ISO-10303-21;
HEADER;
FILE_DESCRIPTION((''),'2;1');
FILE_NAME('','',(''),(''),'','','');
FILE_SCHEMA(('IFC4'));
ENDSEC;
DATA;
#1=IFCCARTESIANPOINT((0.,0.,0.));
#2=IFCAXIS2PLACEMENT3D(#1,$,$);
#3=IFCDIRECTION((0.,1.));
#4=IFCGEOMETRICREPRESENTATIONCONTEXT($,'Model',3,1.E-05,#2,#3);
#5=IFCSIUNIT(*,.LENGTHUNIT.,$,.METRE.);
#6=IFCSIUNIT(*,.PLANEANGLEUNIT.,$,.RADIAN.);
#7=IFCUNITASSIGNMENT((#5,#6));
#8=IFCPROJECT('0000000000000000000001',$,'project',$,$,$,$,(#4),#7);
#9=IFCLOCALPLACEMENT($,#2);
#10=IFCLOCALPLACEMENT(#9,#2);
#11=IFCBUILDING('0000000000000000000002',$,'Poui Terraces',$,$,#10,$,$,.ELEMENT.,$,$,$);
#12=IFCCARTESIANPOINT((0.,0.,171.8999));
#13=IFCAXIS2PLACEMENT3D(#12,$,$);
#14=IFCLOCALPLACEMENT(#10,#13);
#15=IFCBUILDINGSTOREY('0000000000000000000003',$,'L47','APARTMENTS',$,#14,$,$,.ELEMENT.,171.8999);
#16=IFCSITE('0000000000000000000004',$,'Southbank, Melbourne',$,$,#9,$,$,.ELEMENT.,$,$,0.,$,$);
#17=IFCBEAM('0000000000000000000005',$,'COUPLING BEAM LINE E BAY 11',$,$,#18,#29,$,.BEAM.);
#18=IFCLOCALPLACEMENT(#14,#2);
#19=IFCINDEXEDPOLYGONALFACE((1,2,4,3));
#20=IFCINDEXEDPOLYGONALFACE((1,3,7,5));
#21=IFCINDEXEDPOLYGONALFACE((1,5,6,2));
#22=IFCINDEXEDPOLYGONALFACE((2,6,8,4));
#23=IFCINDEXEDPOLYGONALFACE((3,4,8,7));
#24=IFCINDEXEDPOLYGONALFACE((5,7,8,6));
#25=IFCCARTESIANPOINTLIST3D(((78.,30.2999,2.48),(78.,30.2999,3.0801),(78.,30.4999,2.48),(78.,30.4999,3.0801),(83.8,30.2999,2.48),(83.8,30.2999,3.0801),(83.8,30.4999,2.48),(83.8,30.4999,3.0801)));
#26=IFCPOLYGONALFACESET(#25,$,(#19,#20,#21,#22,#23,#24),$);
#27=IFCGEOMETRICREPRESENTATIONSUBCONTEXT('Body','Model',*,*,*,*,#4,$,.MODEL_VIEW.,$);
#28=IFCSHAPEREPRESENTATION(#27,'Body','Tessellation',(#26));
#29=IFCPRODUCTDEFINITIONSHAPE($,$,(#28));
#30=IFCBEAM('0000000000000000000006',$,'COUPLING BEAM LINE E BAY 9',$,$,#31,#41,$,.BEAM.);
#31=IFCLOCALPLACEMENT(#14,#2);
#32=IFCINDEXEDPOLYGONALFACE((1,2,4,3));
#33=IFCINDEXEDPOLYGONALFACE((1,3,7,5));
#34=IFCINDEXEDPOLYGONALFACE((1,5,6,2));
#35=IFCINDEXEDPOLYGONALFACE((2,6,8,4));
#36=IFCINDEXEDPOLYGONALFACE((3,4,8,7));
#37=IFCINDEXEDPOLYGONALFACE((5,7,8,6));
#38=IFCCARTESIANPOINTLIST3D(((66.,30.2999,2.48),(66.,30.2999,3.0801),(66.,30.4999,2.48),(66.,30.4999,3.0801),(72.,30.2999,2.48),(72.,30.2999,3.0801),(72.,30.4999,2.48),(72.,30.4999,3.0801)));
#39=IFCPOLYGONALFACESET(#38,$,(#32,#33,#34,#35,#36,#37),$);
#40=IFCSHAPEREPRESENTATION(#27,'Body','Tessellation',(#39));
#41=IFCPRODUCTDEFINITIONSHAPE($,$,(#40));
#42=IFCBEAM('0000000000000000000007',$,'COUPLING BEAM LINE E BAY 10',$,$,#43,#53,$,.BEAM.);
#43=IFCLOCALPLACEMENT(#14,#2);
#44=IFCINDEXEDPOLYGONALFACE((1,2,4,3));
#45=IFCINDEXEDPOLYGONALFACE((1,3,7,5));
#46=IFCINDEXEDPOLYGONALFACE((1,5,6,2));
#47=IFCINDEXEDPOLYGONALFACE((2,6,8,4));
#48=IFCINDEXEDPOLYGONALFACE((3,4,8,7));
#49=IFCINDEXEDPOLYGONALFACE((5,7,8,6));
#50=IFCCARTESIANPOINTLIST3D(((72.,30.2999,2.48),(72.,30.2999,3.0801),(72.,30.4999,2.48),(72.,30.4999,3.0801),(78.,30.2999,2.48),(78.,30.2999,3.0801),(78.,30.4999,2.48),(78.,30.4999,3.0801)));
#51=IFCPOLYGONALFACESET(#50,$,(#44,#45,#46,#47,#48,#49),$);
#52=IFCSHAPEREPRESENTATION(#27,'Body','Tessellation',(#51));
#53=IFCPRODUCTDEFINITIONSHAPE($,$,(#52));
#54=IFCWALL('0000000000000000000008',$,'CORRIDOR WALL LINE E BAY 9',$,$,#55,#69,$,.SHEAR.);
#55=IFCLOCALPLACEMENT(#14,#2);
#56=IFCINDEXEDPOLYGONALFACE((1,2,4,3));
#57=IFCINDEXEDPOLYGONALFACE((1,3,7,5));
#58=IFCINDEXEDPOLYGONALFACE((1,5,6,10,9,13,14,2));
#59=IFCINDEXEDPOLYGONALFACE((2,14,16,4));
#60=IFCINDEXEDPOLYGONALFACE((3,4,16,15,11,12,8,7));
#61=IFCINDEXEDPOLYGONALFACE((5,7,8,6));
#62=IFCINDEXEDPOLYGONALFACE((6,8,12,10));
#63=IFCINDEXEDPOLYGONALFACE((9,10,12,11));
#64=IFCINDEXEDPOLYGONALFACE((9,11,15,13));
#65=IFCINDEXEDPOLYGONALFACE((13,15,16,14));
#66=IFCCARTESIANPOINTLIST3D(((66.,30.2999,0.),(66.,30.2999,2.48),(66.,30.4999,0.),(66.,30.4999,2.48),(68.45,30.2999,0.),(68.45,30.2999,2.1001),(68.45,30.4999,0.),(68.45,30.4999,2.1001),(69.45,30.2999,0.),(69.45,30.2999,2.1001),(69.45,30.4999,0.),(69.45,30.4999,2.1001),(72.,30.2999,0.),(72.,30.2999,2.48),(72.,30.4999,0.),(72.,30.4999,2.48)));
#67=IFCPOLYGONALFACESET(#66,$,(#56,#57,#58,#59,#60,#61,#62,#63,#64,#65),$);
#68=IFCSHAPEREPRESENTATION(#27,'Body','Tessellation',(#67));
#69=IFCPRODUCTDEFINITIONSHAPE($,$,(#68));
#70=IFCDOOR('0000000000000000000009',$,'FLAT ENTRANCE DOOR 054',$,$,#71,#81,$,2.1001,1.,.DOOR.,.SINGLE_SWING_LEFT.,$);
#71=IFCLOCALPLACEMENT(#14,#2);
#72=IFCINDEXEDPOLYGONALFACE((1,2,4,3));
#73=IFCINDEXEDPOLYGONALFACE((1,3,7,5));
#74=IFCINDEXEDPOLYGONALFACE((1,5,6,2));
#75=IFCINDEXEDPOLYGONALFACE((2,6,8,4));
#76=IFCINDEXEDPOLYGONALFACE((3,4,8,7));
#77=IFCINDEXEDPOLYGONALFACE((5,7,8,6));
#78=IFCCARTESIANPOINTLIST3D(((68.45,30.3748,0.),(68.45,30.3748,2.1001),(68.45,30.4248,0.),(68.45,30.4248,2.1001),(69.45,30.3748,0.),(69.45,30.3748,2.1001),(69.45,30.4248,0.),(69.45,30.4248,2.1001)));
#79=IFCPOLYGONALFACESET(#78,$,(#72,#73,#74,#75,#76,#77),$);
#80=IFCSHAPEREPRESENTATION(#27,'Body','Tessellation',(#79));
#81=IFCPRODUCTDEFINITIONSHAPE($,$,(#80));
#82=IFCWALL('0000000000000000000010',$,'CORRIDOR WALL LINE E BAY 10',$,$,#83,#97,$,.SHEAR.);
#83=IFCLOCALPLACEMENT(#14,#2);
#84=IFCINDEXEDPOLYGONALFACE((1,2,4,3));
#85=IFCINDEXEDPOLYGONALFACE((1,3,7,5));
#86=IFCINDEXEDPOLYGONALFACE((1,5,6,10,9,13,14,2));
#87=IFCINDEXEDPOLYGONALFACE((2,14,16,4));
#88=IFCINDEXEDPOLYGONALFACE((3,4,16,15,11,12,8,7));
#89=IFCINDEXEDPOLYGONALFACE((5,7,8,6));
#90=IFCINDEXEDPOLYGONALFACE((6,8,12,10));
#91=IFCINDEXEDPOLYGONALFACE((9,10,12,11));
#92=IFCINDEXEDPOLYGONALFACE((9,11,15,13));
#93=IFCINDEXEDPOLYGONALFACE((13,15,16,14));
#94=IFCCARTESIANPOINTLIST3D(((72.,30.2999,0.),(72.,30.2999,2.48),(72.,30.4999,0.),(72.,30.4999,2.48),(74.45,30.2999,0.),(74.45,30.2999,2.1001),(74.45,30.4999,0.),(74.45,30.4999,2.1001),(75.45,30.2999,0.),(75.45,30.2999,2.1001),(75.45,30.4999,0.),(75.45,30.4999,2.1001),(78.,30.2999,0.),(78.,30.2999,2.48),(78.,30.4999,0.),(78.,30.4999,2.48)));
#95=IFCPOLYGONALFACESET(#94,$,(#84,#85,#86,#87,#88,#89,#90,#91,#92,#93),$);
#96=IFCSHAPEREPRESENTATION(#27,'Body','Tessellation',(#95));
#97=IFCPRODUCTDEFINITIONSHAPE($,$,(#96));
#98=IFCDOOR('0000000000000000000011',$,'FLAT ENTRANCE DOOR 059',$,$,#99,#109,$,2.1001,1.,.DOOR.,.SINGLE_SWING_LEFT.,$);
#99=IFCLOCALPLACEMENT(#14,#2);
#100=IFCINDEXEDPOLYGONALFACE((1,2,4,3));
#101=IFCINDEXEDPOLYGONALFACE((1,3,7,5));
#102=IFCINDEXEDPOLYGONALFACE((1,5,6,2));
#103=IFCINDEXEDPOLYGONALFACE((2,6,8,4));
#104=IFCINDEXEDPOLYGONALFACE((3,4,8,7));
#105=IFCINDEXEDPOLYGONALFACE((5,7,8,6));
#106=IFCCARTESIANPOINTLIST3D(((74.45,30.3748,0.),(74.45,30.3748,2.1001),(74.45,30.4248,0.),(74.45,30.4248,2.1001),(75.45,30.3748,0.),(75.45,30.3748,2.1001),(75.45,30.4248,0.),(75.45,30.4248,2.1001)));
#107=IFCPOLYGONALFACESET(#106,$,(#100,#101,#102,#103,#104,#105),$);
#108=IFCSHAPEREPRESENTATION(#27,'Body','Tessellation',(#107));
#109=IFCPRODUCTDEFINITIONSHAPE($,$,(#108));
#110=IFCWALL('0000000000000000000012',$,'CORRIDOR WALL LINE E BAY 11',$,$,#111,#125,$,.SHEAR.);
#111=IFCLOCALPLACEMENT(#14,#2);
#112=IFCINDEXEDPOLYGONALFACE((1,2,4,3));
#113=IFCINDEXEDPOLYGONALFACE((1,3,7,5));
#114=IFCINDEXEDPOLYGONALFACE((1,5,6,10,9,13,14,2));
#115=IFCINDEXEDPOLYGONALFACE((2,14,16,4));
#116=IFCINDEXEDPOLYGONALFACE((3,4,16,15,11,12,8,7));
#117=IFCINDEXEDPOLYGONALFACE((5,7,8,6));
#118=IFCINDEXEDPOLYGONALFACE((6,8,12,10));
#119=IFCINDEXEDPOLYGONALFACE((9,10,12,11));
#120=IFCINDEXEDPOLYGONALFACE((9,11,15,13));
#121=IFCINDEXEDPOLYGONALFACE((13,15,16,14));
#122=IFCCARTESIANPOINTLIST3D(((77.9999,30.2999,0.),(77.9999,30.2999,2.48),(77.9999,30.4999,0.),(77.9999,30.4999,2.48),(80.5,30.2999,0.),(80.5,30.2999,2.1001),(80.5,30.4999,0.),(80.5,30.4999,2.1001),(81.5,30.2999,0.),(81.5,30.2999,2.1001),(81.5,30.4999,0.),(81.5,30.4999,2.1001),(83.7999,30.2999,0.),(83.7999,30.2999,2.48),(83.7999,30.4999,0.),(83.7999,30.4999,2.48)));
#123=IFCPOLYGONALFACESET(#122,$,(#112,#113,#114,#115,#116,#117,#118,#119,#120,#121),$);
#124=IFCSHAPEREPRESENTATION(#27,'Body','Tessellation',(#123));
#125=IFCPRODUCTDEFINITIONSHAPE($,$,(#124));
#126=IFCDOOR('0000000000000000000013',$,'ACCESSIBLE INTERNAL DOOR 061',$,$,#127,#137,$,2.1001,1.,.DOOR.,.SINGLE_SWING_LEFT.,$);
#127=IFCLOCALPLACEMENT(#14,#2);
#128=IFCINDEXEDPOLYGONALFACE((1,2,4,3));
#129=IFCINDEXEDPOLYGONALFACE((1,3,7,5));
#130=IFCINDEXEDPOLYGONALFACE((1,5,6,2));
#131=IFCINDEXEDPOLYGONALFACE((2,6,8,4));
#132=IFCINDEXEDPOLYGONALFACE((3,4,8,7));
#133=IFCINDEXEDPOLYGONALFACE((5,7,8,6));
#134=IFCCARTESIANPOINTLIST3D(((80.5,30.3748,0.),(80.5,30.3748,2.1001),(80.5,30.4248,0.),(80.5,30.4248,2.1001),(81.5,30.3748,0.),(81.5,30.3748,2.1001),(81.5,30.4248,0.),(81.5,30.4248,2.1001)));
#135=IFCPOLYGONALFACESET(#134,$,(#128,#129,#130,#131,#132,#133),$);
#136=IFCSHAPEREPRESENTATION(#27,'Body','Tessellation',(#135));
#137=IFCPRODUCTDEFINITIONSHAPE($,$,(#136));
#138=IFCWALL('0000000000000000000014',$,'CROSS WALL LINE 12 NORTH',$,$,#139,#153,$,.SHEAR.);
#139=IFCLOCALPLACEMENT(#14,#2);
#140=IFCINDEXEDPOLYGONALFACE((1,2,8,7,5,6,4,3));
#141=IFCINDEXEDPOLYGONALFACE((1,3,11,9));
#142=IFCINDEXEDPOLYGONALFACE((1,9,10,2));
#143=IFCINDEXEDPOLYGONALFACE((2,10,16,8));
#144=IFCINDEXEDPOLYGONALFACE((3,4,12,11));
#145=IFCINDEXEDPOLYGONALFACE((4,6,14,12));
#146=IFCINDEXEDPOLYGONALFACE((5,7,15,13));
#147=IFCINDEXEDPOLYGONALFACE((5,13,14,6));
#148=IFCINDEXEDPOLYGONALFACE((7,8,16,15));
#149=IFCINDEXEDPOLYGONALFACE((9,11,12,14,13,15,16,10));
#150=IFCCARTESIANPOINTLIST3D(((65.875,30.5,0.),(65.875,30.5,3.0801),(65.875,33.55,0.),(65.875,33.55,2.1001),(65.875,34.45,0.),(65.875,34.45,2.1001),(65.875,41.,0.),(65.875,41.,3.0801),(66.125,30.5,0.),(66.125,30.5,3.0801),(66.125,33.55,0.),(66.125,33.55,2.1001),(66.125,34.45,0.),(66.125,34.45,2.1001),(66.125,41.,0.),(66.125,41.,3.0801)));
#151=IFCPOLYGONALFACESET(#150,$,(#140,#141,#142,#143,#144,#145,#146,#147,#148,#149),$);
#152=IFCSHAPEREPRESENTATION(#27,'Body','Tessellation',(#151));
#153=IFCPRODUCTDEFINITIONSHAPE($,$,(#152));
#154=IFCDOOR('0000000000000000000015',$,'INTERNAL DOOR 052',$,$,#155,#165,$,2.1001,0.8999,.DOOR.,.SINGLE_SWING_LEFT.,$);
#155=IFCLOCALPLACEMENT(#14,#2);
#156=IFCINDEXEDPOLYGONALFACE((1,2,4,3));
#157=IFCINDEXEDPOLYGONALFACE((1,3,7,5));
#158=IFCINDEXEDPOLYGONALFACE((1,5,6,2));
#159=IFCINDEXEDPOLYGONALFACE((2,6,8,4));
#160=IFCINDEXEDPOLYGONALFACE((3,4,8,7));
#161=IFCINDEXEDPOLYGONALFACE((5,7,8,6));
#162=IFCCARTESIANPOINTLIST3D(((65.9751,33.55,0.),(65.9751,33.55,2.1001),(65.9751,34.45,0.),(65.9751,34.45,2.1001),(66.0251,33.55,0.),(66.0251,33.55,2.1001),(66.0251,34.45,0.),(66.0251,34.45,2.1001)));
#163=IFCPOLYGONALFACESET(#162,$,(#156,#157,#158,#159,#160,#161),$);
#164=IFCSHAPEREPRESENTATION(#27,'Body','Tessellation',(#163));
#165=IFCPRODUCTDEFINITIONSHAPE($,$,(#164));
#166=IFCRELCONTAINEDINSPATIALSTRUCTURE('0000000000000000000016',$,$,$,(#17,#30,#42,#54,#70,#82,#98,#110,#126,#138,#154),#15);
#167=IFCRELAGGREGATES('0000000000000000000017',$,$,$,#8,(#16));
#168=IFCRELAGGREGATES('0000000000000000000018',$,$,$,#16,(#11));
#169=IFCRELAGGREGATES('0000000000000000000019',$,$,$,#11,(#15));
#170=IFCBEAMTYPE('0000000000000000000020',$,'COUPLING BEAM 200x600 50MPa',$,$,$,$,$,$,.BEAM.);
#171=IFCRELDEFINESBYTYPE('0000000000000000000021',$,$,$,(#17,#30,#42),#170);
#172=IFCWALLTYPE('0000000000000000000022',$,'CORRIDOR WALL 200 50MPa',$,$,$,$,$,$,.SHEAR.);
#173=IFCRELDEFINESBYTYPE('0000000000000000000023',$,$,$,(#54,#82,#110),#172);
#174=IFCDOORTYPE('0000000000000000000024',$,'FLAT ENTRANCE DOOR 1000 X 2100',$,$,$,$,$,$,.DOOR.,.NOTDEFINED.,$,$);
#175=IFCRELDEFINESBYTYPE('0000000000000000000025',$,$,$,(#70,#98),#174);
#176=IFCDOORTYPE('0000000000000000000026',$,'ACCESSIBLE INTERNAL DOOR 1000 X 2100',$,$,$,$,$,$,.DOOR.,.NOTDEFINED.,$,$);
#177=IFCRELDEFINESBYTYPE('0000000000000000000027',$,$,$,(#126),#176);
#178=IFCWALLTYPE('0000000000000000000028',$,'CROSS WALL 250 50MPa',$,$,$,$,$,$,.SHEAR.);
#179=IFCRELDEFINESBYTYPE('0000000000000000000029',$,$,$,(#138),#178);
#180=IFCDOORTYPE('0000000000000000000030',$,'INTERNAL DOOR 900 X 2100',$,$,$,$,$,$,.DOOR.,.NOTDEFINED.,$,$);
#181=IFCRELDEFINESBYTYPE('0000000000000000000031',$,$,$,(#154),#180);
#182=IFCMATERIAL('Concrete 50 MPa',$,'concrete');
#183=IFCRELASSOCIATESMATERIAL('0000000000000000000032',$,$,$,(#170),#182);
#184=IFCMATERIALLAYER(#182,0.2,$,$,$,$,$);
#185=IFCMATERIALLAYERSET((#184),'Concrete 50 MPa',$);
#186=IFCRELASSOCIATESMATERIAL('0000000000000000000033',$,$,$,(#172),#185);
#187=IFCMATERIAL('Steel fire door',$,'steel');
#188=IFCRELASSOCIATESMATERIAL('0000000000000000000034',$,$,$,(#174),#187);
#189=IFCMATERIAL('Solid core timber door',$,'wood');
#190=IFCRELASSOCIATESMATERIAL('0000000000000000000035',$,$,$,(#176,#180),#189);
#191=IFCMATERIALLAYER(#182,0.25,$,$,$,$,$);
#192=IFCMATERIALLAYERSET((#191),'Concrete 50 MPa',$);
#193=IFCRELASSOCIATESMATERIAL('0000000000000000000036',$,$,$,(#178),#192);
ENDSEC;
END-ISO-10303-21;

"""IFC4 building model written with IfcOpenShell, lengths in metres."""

from ifc_helpers import new_model, si_unit, direction, frame, frame_2d, origin, origin_2d, place, context, subcontext, project, spatial, rectangle, extrude, source, transform, mapped, material, layer, layer_set, material_profile, profile_set, type_object, element, fill, save


model = new_model("IFC4")

# Units and contexts
model_context = context("Model", 3, precision=1e-05, world=origin(), true_north=direction((0.0, 1.0)))
body_context = subcontext(model_context, "Body", "Model", "MODEL_VIEW")
ifc_project = project(units=[si_unit("LENGTHUNIT", "METRE"), si_unit("PLANEANGLEUNIT", "RADIAN")], contexts=[model_context])

# Site, building, storey
site_placement = place(None, origin())
site = spatial("IfcSite", under=ifc_project, at=site_placement, Name="Southbank, Melbourne", CompositionType="ELEMENT", RefElevation=0.0)
building_placement = place(site_placement, origin())
building = spatial("IfcBuilding", under=site, at=building_placement, Name="Poui Terraces", CompositionType="ELEMENT")
storey_placement = place(building_placement, frame((0.0, 0.0, 171.8999)))
storey = spatial("IfcBuildingStorey", under=building, at=storey_placement, Name="L47", Description="APARTMENTS", CompositionType="ELEMENT", Elevation=171.8999)

# Beams
ifc_material_1 = material(Name="Concrete 50 MPa", Category="concrete")
ifc_material_profile = material_profile(ifc_material_1, rectangle(XDim=0.2, YDim=0.6001, at=origin_2d()), Name="RC 200x600")
ifc_profile_set = profile_set([ifc_material_profile], Name="Concrete 50 MPa")
beam_type = type_object("IfcBeamType", Name="COUPLING BEAM 200x600 50MPa", PredefinedType="BEAM", material=ifc_profile_set)
shared_shape_1 = source(origin(), body_context, "Body", "SweptSolid", [
    extrude(rectangle(XDim=0.2, YDim=0.6001, at=origin_2d()), origin(), (0.0, 0.0, 1.0), 5.8),
])
beam_placement = place(storey_placement, frame((78.0, 30.3999, 2.78), z_axis=(1.0, 0.0, 0.0), x_axis=(0.0, 1.0, 0.0)))
element("IfcBeam", 1, at=beam_placement, inside=storey, type_object=beam_type, Name="COUPLING BEAM LINE E BAY 11", PredefinedType="BEAM", context=body_context, shape_type="MappedRepresentation", body=[
    mapped(shared_shape_1, transform((0.0, 0.0, 0.0))),
])
shared_shape_2 = source(origin(), body_context, "Body", "SweptSolid", [
    extrude(rectangle(XDim=0.2, YDim=0.6001, at=origin_2d()), origin(), (0.0, 0.0, 1.0), 6.0),
])
for number, where, z_axis, x_axis, name in (
    (2, (66.0, 30.3999, 2.78), (1.0, 0.0, 0.0), (0.0, 1.0, 0.0), "COUPLING BEAM LINE E BAY 9"),
    (3, (72.0, 30.3999, 2.78), (1.0, 0.0, 0.0), (0.0, 1.0, 0.0), "COUPLING BEAM LINE E BAY 10"),
):
    element("IfcBeam", number, at=place(storey_placement, frame(where, z_axis=z_axis, x_axis=x_axis)), inside=storey, type_object=beam_type, Name=name, PredefinedType="BEAM", context=body_context, shape_type="MappedRepresentation", body=[
        mapped(shared_shape_2, transform((0.0, 0.0, 0.0))),
    ])

# Walls, openings, doors
ifc_layer_1 = layer(ifc_material_1, 0.2)
ifc_layer_set_1 = layer_set([ifc_layer_1], Name="Concrete 50 MPa")
wall_type_1 = type_object("IfcWallType", Name="CORRIDOR WALL 200 50MPa", PredefinedType="SHEAR", material=ifc_layer_set_1)
wall_1_placement = place(storey_placement, frame((66.0, 30.3999, 0.0), z_axis=(0.0, 0.0, 1.0), x_axis=(1.0, 0.0, 0.0)))
wall_1 = element("IfcWall", 4, at=wall_1_placement, inside=storey, type_object=wall_type_1, Name="CORRIDOR WALL LINE E BAY 9", PredefinedType="SHEAR", context=body_context, shape_type="SweptSolid", body=[
    extrude(rectangle(XDim=6.0, YDim=0.2, at=frame_2d((3.0, 0.0))), origin(), (0.0, 0.0, 1.0), 2.48),
])
opening_1_placement = place(wall_1_placement, frame((2.45, 0.0, 0.0)))
opening_1 = element("IfcOpeningElement", 5, at=opening_1_placement, cuts=wall_1, PredefinedType="OPENING", context=body_context, shape_type="SweptSolid", body=[
    extrude(rectangle(XDim=1.0, YDim=2.1001, at=frame_2d((0.5, 1.05))), frame((0.0, 0.1099, 0.0), z_axis=(0.0, -1.0, 0.0), x_axis=(1.0, 0.0, 0.0)), (0.0, 0.0, 1.0), 0.22),
])
ifc_material_2 = material(Name="Steel fire door", Category="steel")
door_type_1 = type_object("IfcDoorType", Name="FLAT ENTRANCE DOOR 1000 X 2100", OperationType="NOTDEFINED", PredefinedType="DOOR", material=ifc_material_2)
door_1_placement = place(opening_1_placement, origin())
door_1 = element("IfcDoor", 6, at=door_1_placement, inside=storey, type_object=door_type_1, Name="FLAT ENTRANCE DOOR 054", OperationType="SINGLE_SWING_LEFT", OverallHeight=2.1001, OverallWidth=1.0, PredefinedType="DOOR", context=body_context, shape_type="SweptSolid", body=[
    extrude(rectangle(XDim=1.0, YDim=2.1001, at=frame_2d((0.5, 1.05))), frame((0.0, 0.0249, 0.0), z_axis=(0.0, -1.0, 0.0), x_axis=(1.0, 0.0, 0.0)), (0.0, 0.0, 1.0), 0.05),
])
fill(opening_1, door_1)
wall_2_placement = place(storey_placement, frame((72.0, 30.3999, 0.0), z_axis=(0.0, 0.0, 1.0), x_axis=(1.0, 0.0, 0.0)))
wall_2 = element("IfcWall", 7, at=wall_2_placement, inside=storey, type_object=wall_type_1, Name="CORRIDOR WALL LINE E BAY 10", PredefinedType="SHEAR", context=body_context, shape_type="SweptSolid", body=[
    extrude(rectangle(XDim=6.0, YDim=0.2, at=frame_2d((3.0, 0.0))), origin(), (0.0, 0.0, 1.0), 2.48),
])
opening_2_placement = place(wall_2_placement, frame((2.45, 0.0, 0.0)))
opening_2 = element("IfcOpeningElement", 8, at=opening_2_placement, cuts=wall_2, PredefinedType="OPENING", context=body_context, shape_type="SweptSolid", body=[
    extrude(rectangle(XDim=1.0, YDim=2.1001, at=frame_2d((0.5, 1.05))), frame((0.0, 0.1099, 0.0), z_axis=(0.0, -1.0, 0.0), x_axis=(1.0, 0.0, 0.0)), (0.0, 0.0, 1.0), 0.22),
])
door_2_placement = place(opening_2_placement, origin())
door_2 = element("IfcDoor", 9, at=door_2_placement, inside=storey, type_object=door_type_1, Name="FLAT ENTRANCE DOOR 059", OperationType="SINGLE_SWING_LEFT", OverallHeight=2.1001, OverallWidth=1.0, PredefinedType="DOOR", context=body_context, shape_type="SweptSolid", body=[
    extrude(rectangle(XDim=1.0, YDim=2.1001, at=frame_2d((0.5, 1.05))), frame((0.0, 0.0249, 0.0), z_axis=(0.0, -1.0, 0.0), x_axis=(1.0, 0.0, 0.0)), (0.0, 0.0, 1.0), 0.05),
])
fill(opening_2, door_2)
wall_3_placement = place(storey_placement, frame((78.0, 30.3999, 0.0), z_axis=(0.0, 0.0, 1.0), x_axis=(1.0, 0.0, 0.0)))
wall_3 = element("IfcWall", 10, at=wall_3_placement, inside=storey, type_object=wall_type_1, Name="CORRIDOR WALL LINE E BAY 11", PredefinedType="SHEAR", context=body_context, shape_type="SweptSolid", body=[
    extrude(rectangle(XDim=5.8, YDim=0.2, at=frame_2d((2.8999, 0.0))), origin(), (0.0, 0.0, 1.0), 2.48),
])
opening_3_placement = place(wall_3_placement, frame((2.5, 0.0, 0.0)))
opening_3 = element("IfcOpeningElement", 11, at=opening_3_placement, cuts=wall_3, PredefinedType="OPENING", context=body_context, shape_type="SweptSolid", body=[
    extrude(rectangle(XDim=1.0, YDim=2.1001, at=frame_2d((0.5, 1.05))), frame((0.0, 0.1099, 0.0), z_axis=(0.0, -1.0, 0.0), x_axis=(1.0, 0.0, 0.0)), (0.0, 0.0, 1.0), 0.22),
])
ifc_material_3 = material(Name="Solid core timber door", Category="wood")
door_type_2 = type_object("IfcDoorType", Name="ACCESSIBLE INTERNAL DOOR 1000 X 2100", OperationType="NOTDEFINED", PredefinedType="DOOR", material=ifc_material_3)
door_3_placement = place(opening_3_placement, origin())
door_3 = element("IfcDoor", 12, at=door_3_placement, inside=storey, type_object=door_type_2, Name="ACCESSIBLE INTERNAL DOOR 061", OperationType="SINGLE_SWING_LEFT", OverallHeight=2.1001, OverallWidth=1.0, PredefinedType="DOOR", context=body_context, shape_type="SweptSolid", body=[
    extrude(rectangle(XDim=1.0, YDim=2.1001, at=frame_2d((0.5, 1.05))), frame((0.0, 0.0249, 0.0), z_axis=(0.0, -1.0, 0.0), x_axis=(1.0, 0.0, 0.0)), (0.0, 0.0, 1.0), 0.05),
])
fill(opening_3, door_3)
ifc_layer_2 = layer(ifc_material_1, 0.25)
ifc_layer_set_2 = layer_set([ifc_layer_2], Name="Concrete 50 MPa")
wall_type_2 = type_object("IfcWallType", Name="CROSS WALL 250 50MPa", PredefinedType="SHEAR", material=ifc_layer_set_2)
wall_4_placement = place(storey_placement, frame((66.0, 30.5, 0.0), z_axis=(0.0, 0.0, 1.0), x_axis=(0.0, 1.0, 0.0)))
wall_4 = element("IfcWall", 13, at=wall_4_placement, inside=storey, type_object=wall_type_2, Name="CROSS WALL LINE 12 NORTH", PredefinedType="SHEAR", context=body_context, shape_type="SweptSolid", body=[
    extrude(rectangle(XDim=10.5, YDim=0.25, at=frame_2d((5.25, 0.0))), origin(), (0.0, 0.0, 1.0), 3.0801),
])
opening_4_placement = place(wall_4_placement, frame((3.05, 0.0, 0.0)))
opening_4 = element("IfcOpeningElement", 14, at=opening_4_placement, cuts=wall_4, PredefinedType="OPENING", context=body_context, shape_type="SweptSolid", body=[
    extrude(rectangle(XDim=0.8999, YDim=2.1001, at=frame_2d((0.45, 1.05))), frame((0.0, 0.135, 0.0), z_axis=(0.0, -1.0, 0.0), x_axis=(1.0, 0.0, 0.0)), (0.0, 0.0, 1.0), 0.27),
])
door_type_3 = type_object("IfcDoorType", Name="INTERNAL DOOR 900 X 2100", OperationType="NOTDEFINED", PredefinedType="DOOR", material=ifc_material_3)
door_4_placement = place(opening_4_placement, origin())
door_4 = element("IfcDoor", 15, at=door_4_placement, inside=storey, type_object=door_type_3, Name="INTERNAL DOOR 052", OperationType="SINGLE_SWING_LEFT", OverallHeight=2.1001, OverallWidth=0.8999, PredefinedType="DOOR", context=body_context, shape_type="SweptSolid", body=[
    extrude(rectangle(XDim=0.8999, YDim=2.1001, at=frame_2d((0.45, 1.05))), frame((0.0, 0.0249, 0.0), z_axis=(0.0, -1.0, 0.0), x_axis=(1.0, 0.0, 0.0)), (0.0, 0.0, 1.0), 0.05),
])
fill(opening_4, door_4)

save(model, "model.ifc")
